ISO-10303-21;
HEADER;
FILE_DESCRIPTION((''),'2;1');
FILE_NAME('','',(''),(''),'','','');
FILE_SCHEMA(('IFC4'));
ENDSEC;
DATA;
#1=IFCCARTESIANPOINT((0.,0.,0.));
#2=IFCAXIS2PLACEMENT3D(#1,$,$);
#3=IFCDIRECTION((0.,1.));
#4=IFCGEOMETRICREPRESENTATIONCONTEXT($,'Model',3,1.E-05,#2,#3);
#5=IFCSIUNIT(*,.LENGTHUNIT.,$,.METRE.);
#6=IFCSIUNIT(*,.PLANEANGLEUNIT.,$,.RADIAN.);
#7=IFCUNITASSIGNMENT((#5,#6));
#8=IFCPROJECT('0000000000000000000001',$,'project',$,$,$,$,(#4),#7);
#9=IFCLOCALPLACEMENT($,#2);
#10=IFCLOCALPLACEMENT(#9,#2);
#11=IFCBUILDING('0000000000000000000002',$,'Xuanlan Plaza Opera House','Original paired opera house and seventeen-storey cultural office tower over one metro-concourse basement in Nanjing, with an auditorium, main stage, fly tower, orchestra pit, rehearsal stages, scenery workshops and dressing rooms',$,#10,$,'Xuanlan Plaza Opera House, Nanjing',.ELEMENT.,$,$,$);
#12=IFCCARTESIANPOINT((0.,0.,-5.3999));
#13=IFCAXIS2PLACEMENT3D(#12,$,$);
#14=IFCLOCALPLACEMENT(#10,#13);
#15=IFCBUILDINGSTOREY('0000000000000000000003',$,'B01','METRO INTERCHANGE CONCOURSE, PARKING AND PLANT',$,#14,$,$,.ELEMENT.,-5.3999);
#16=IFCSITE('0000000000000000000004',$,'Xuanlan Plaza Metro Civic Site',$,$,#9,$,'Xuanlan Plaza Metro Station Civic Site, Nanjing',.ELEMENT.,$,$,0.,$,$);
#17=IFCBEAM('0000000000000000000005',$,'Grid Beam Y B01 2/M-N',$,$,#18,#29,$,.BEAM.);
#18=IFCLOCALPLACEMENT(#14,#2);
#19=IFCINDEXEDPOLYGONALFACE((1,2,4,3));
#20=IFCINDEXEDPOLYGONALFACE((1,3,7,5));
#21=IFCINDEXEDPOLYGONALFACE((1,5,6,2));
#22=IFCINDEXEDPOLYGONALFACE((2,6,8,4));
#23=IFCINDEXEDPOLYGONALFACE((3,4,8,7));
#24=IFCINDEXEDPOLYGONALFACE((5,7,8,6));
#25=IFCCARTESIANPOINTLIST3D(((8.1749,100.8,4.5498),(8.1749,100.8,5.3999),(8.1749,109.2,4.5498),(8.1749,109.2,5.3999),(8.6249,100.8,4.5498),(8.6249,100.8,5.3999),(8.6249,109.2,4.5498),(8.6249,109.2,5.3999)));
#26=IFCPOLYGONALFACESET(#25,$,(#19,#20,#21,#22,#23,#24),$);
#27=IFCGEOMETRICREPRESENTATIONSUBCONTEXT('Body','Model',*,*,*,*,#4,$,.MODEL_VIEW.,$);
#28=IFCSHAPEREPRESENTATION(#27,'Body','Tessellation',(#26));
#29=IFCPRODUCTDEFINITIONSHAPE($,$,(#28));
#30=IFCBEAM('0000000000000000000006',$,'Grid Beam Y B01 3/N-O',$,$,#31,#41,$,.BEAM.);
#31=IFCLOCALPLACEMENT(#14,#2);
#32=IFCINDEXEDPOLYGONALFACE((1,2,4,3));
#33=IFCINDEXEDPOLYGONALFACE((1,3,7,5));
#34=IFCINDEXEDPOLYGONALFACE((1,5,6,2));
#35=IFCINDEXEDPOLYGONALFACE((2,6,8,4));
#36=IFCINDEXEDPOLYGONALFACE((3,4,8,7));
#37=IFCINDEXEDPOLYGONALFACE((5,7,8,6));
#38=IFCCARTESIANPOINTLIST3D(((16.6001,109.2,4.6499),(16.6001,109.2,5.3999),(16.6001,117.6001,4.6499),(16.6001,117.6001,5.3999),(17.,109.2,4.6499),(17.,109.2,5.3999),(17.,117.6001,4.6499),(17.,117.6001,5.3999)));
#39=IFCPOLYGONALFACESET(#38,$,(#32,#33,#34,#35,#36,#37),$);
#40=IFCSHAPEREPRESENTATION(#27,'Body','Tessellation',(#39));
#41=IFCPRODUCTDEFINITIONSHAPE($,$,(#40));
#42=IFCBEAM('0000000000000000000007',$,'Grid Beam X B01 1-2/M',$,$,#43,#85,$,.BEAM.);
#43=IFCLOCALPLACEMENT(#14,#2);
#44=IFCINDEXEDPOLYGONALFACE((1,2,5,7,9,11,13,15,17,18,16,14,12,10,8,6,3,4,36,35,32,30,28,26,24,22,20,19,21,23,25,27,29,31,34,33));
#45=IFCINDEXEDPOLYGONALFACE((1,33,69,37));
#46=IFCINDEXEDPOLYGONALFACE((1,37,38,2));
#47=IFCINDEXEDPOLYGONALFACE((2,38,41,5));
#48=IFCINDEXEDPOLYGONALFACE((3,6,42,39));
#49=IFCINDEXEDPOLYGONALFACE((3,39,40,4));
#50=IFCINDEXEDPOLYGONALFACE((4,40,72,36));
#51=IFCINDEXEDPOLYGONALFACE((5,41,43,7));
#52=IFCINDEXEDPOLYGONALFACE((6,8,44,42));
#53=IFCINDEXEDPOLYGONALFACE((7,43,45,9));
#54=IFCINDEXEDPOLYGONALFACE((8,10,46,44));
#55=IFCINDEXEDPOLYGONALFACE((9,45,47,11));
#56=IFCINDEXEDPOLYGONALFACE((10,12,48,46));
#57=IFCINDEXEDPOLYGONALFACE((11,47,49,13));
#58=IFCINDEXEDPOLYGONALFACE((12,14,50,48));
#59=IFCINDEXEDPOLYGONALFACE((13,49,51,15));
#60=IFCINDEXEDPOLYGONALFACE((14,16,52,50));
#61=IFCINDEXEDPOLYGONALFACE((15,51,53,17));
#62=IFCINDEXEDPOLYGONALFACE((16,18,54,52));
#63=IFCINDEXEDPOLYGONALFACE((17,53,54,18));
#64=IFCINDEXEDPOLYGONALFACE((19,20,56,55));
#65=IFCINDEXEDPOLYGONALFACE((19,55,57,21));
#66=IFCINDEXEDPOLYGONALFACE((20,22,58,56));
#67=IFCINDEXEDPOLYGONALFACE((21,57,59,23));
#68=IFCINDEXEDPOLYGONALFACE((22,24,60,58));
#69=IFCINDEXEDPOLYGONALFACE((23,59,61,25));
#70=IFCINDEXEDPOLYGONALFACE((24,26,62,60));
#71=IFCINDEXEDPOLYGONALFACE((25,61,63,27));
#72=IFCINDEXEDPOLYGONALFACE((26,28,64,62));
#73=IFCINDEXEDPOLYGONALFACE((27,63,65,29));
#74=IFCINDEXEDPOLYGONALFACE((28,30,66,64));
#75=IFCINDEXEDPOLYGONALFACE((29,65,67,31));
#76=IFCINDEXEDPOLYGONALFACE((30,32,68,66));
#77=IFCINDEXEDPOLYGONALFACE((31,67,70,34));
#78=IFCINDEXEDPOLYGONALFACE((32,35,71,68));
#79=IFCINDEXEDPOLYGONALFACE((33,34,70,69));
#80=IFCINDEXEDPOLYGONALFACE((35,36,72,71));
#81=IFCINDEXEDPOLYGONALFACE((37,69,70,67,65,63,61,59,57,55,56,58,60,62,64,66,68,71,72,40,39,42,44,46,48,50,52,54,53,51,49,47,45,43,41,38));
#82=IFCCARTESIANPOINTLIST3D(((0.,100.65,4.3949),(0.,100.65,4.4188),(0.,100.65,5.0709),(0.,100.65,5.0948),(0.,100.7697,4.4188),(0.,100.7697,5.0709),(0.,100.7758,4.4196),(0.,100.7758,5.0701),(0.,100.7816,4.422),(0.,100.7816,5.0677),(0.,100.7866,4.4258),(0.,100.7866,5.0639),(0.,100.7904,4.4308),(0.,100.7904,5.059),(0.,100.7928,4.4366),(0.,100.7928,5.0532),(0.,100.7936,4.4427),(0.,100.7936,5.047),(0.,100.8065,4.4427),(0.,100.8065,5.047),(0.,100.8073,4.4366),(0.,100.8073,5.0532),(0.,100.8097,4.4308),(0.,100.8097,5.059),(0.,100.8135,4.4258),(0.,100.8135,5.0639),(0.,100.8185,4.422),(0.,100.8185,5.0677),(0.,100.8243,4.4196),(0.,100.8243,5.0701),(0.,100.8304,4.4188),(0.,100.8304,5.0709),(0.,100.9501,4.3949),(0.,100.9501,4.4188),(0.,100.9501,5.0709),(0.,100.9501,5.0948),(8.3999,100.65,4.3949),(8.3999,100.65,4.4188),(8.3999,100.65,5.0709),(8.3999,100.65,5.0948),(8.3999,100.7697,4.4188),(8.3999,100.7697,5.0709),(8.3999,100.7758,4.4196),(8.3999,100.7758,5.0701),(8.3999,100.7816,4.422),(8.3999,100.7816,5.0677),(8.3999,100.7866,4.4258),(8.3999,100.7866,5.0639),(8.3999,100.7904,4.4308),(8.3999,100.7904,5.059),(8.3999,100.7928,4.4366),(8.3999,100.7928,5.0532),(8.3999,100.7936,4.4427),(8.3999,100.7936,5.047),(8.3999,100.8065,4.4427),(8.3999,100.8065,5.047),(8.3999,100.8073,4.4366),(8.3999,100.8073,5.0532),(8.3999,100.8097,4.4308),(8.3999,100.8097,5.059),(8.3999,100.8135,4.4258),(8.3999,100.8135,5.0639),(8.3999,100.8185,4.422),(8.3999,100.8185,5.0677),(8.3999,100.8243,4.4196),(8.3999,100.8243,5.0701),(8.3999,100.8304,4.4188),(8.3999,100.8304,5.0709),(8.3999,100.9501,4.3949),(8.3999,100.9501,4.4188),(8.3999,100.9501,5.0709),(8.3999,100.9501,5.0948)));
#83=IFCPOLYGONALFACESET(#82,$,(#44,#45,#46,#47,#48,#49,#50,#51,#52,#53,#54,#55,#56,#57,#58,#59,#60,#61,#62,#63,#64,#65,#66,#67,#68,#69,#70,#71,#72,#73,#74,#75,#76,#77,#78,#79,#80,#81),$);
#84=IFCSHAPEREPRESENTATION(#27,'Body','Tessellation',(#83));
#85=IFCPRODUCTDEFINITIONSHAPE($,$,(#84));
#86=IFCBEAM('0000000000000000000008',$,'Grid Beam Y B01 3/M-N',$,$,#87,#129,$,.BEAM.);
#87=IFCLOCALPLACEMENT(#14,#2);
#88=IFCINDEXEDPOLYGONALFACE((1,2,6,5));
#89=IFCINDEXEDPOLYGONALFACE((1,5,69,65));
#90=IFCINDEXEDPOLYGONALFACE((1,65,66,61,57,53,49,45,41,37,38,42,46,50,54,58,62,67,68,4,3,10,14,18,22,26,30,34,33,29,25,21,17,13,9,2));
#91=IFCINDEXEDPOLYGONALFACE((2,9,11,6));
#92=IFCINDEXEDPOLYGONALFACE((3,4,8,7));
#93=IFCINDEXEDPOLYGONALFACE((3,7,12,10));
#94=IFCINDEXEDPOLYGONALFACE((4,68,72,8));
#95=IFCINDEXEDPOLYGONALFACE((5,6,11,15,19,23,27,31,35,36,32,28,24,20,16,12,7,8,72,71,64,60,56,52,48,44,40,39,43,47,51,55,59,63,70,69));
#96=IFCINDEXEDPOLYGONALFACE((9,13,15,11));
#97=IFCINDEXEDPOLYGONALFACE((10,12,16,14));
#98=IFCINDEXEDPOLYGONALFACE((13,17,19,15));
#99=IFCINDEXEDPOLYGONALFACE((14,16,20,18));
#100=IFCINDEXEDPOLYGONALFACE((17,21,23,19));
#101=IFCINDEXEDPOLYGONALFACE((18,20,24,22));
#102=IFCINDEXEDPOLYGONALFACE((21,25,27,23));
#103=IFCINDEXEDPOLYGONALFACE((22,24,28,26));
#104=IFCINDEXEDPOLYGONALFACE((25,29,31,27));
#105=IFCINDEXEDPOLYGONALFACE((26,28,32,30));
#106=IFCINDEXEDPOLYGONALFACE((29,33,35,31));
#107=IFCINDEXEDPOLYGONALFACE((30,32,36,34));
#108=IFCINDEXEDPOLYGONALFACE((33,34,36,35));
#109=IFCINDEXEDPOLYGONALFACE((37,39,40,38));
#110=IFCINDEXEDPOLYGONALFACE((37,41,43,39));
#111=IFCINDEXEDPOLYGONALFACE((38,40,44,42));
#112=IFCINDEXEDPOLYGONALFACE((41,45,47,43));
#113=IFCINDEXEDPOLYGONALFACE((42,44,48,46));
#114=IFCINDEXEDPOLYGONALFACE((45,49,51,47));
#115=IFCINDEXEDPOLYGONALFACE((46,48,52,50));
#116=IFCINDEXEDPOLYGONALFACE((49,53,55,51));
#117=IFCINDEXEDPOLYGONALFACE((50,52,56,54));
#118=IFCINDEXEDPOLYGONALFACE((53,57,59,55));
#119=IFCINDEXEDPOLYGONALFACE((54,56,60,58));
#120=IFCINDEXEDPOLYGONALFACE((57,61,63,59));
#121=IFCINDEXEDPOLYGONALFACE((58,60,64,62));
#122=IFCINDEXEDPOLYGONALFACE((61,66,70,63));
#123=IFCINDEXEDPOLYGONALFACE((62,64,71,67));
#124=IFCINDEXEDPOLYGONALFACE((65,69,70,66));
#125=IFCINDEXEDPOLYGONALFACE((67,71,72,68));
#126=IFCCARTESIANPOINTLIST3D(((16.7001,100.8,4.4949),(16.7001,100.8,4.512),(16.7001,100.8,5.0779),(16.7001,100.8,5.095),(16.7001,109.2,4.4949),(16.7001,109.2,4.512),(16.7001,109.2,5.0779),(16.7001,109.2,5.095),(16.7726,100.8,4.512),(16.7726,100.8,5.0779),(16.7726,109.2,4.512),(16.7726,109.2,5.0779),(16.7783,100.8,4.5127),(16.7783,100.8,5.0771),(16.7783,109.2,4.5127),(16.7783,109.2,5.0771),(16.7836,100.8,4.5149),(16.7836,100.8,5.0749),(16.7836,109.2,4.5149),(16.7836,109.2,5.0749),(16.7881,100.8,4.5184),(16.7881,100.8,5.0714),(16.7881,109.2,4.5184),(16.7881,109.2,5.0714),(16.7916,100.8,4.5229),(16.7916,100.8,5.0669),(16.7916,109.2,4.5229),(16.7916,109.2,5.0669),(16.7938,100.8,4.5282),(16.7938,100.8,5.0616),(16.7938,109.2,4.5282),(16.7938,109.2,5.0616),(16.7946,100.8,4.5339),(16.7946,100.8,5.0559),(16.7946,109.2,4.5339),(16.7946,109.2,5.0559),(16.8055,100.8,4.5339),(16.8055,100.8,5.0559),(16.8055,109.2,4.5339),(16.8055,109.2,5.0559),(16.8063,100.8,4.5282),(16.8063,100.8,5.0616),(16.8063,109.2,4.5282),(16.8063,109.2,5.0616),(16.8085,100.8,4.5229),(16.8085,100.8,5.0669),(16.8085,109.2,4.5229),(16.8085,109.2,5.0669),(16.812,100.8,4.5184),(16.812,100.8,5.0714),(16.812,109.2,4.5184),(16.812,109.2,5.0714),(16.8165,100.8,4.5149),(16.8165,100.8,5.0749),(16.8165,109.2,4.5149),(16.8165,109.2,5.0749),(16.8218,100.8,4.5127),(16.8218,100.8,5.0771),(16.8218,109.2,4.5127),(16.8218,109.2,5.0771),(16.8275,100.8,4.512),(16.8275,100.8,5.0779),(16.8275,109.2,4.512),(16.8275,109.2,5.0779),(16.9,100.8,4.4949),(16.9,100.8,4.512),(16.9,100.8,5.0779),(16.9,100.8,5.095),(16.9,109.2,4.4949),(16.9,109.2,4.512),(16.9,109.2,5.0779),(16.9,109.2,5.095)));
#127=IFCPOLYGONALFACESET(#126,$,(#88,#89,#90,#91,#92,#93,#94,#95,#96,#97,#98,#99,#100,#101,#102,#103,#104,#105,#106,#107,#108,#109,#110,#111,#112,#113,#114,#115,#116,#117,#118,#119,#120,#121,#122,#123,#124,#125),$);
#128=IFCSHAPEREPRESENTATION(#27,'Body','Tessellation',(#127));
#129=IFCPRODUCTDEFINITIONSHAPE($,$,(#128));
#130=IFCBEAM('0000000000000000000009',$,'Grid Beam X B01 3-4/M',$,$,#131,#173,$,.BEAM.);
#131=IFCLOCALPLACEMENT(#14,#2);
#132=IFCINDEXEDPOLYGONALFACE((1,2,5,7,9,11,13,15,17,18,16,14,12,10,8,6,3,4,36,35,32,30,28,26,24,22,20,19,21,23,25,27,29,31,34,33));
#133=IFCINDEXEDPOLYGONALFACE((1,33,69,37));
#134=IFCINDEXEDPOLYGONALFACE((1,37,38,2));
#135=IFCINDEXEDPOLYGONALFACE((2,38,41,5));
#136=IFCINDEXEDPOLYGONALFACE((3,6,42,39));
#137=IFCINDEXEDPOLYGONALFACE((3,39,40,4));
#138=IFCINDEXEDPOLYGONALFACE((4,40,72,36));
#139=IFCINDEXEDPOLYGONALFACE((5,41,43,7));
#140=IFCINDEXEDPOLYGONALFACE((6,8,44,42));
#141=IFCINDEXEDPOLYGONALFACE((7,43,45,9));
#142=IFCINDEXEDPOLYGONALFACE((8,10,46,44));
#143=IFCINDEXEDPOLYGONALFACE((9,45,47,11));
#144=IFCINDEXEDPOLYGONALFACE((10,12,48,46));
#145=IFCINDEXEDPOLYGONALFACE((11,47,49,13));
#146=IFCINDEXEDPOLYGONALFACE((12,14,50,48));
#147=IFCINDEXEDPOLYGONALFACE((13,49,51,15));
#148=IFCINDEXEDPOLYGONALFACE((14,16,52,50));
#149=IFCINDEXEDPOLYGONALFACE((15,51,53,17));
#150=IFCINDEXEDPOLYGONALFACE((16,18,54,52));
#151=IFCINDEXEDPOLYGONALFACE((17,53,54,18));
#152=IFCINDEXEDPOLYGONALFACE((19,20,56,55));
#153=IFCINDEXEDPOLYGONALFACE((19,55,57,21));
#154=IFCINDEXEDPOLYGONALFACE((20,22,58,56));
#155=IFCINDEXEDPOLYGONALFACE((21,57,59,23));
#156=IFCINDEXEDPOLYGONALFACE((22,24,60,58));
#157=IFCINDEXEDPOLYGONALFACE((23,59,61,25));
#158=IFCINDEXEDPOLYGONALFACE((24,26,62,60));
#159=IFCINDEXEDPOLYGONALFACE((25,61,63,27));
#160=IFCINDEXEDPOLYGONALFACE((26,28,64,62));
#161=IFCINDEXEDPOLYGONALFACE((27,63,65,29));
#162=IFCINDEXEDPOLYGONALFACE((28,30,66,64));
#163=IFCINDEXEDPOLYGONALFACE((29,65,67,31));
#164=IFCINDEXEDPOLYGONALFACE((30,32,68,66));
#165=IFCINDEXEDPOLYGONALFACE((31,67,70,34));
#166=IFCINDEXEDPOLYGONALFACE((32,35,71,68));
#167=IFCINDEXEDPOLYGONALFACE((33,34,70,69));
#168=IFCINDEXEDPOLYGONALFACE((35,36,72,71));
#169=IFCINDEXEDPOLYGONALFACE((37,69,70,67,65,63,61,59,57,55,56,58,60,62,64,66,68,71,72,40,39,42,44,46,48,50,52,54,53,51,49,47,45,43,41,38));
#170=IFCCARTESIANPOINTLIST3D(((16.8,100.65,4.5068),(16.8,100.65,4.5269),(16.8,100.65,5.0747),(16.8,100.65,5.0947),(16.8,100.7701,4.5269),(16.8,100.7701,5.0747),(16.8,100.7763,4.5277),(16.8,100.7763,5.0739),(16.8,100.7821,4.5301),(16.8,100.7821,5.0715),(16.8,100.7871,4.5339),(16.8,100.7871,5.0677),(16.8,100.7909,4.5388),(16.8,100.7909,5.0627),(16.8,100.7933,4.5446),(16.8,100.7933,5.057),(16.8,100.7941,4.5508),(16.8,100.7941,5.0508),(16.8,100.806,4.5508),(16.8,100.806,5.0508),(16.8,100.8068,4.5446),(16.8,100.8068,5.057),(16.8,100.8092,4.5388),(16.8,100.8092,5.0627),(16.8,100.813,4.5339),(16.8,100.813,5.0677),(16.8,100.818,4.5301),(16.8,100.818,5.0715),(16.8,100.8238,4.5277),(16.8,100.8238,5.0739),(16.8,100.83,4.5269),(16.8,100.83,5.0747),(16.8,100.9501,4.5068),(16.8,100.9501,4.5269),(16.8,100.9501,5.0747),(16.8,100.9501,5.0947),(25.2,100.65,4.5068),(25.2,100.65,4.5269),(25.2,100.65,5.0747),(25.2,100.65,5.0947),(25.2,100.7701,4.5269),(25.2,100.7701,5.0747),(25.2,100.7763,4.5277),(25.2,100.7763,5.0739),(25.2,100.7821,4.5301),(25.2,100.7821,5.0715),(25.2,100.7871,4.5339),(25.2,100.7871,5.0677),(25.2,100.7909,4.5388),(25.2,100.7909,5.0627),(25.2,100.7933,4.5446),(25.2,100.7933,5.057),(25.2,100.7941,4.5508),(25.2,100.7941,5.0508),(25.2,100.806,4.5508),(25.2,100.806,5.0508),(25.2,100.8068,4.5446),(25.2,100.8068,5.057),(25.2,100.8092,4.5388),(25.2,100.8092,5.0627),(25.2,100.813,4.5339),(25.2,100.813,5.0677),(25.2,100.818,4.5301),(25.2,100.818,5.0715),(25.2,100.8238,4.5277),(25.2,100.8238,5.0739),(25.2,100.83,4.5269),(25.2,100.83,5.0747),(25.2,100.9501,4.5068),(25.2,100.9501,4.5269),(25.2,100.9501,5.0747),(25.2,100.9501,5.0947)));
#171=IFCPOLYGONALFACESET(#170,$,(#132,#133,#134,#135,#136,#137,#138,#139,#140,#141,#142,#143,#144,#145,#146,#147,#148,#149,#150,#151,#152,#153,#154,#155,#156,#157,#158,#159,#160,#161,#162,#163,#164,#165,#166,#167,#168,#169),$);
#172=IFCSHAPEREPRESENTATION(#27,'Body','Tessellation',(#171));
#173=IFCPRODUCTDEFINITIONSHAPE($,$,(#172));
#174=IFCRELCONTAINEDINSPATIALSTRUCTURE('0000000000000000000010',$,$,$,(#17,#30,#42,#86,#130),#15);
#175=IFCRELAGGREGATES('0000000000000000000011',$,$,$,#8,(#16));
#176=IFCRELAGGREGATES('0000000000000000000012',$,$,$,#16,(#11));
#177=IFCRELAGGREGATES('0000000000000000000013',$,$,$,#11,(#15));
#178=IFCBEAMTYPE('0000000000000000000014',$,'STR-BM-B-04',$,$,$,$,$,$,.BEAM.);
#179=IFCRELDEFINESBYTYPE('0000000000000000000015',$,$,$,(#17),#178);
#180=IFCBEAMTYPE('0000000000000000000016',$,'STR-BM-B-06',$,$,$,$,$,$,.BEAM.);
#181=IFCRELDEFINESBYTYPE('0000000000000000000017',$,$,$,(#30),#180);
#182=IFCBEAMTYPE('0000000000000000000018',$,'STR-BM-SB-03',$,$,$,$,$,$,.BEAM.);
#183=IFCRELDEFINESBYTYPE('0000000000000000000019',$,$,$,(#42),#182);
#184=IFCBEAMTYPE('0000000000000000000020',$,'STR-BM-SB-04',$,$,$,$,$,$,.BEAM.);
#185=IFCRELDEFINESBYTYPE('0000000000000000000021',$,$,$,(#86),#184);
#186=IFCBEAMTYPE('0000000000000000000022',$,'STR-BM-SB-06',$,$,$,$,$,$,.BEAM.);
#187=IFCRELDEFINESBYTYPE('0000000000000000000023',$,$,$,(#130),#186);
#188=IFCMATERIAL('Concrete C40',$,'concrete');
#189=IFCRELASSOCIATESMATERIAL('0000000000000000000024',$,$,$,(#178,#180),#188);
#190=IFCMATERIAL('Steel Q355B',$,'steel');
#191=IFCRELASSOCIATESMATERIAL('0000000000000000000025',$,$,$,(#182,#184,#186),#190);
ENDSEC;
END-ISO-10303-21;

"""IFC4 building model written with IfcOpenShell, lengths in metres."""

from ifc_helpers import new_model, si_unit, direction, frame, origin, origin_2d, place, context, subcontext, project, spatial, rectangle, i_section, extrude, material, material_profile, profile_set, type_object, element, save


model = new_model("IFC4")

# Units and contexts
model_context = context("Model", 3, precision=1e-05, world=origin(), true_north=direction((0.0, 1.0)))
body_context = subcontext(model_context, "Body", "Model", "MODEL_VIEW")
ifc_project = project(units=[si_unit("LENGTHUNIT", "METRE"), si_unit("PLANEANGLEUNIT", "RADIAN")], contexts=[model_context])

# Site, building, storey
site_placement = place(None, origin())
site = spatial("IfcSite", under=ifc_project, at=site_placement, Name="Xuanlan Plaza Metro Civic Site", LongName="Xuanlan Plaza Metro Station Civic Site, Nanjing", CompositionType="ELEMENT", RefElevation=0.0)
building_placement = place(site_placement, origin())
building = spatial("IfcBuilding", under=site, at=building_placement, Name="Xuanlan Plaza Opera House", Description="Original paired opera house and seventeen-storey cultural office tower over one metro-concourse basement in Nanjing, with an auditorium, main stage, fly tower, orchestra pit, rehearsal stages, scenery workshops and dressing rooms", LongName="Xuanlan Plaza Opera House, Nanjing", CompositionType="ELEMENT")
storey_placement = place(building_placement, frame((0.0, 0.0, -5.3999)))
storey = spatial("IfcBuildingStorey", under=building, at=storey_placement, Name="B01", Description="METRO INTERCHANGE CONCOURSE, PARKING AND PLANT", CompositionType="ELEMENT", Elevation=-5.3999)

# Shared definitions
ifc_material_1 = material(Name="Concrete C40", Category="concrete")

# Beams
ifc_material_profile_1 = material_profile(ifc_material_1, rectangle(XDim=0.45, YDim=0.8501, at=origin_2d()), Name="RC-BM 450x850")
ifc_profile_set_1 = profile_set([ifc_material_profile_1], Name="Concrete C40")
beam_type_1 = type_object("IfcBeamType", Name="STR-BM-B-04", PredefinedType="BEAM", material=ifc_profile_set_1)
beam_1_placement = place(storey_placement, frame((8.3999, 100.8, 4.9749), z_axis=(0.0, 1.0, 0.0), x_axis=(-1.0, 0.0, 0.0)))
element("IfcBeam", 1, at=beam_1_placement, inside=storey, type_object=beam_type_1, Name="Grid Beam Y B01 2/M-N", PredefinedType="BEAM", context=body_context, shape_type="SweptSolid", body=[
    extrude(rectangle(XDim=0.45, YDim=0.8501, at=origin_2d()), origin(), (0.0, 0.0, 1.0), 8.3999),
])
ifc_material_profile_2 = material_profile(ifc_material_1, rectangle(XDim=0.3999, YDim=0.75, at=origin_2d()), Name="RC-BM 400x750")
ifc_profile_set_2 = profile_set([ifc_material_profile_2], Name="Concrete C40")
beam_type_2 = type_object("IfcBeamType", Name="STR-BM-B-06", PredefinedType="BEAM", material=ifc_profile_set_2)
beam_2_placement = place(storey_placement, frame((16.8, 109.2, 5.0249), z_axis=(0.0, 1.0, 0.0), x_axis=(-1.0, 0.0, 0.0)))
element("IfcBeam", 2, at=beam_2_placement, inside=storey, type_object=beam_type_2, Name="Grid Beam Y B01 3/N-O", PredefinedType="BEAM", context=body_context, shape_type="SweptSolid", body=[
    extrude(rectangle(XDim=0.3999, YDim=0.75, at=origin_2d()), origin(), (0.0, 0.0, 1.0), 8.4001),
])
ifc_material_2 = material(Name="Steel Q355B", Category="steel")
ifc_material_profile_3 = material_profile(ifc_material_2, i_section(OverallWidth=0.3, OverallDepth=0.7, WebThickness=0.0129, FlangeThickness=0.0239, FilletRadius=0.0239, at=origin_2d()), Name="HN 700x300x13x24")
ifc_profile_set_3 = profile_set([ifc_material_profile_3], Name="Steel Q355B")
beam_type_3 = type_object("IfcBeamType", Name="STR-BM-SB-03", PredefinedType="BEAM", material=ifc_profile_set_3)
beam_3_placement = place(storey_placement, frame((0.0, 100.8, 4.7449), z_axis=(1.0, 0.0, 0.0), x_axis=(0.0, 1.0, 0.0)))
element("IfcBeam", 3, at=beam_3_placement, inside=storey, type_object=beam_type_3, Name="Grid Beam X B01 1-2/M", PredefinedType="BEAM", context=body_context, shape_type="SweptSolid", body=[
    extrude(i_section(OverallWidth=0.3, OverallDepth=0.7, WebThickness=0.0129, FlangeThickness=0.0239, FilletRadius=0.0239, at=origin_2d()), origin(), (0.0, 0.0, 1.0), 8.3999),
])
ifc_material_profile_4 = material_profile(ifc_material_2, i_section(OverallWidth=0.2, OverallDepth=0.6001, WebThickness=0.011, FlangeThickness=0.0171, FilletRadius=0.022, at=origin_2d()), Name="HN 600x200x11x17")
ifc_profile_set_4 = profile_set([ifc_material_profile_4], Name="Steel Q355B")
beam_type_4 = type_object("IfcBeamType", Name="STR-BM-SB-04", PredefinedType="BEAM", material=ifc_profile_set_4)
beam_4_placement = place(storey_placement, frame((16.8, 100.8, 4.7949), z_axis=(0.0, 1.0, 0.0), x_axis=(-1.0, 0.0, 0.0)))
element("IfcBeam", 4, at=beam_4_placement, inside=storey, type_object=beam_type_4, Name="Grid Beam Y B01 3/M-N", PredefinedType="BEAM", context=body_context, shape_type="SweptSolid", body=[
    extrude(i_section(OverallWidth=0.2, OverallDepth=0.6001, WebThickness=0.011, FlangeThickness=0.0171, FilletRadius=0.022, at=origin_2d()), origin(), (0.0, 0.0, 1.0), 8.3999),
])
ifc_material_profile_5 = material_profile(ifc_material_2, i_section(OverallWidth=0.3, OverallDepth=0.5879, WebThickness=0.012, FlangeThickness=0.02, FilletRadius=0.0239, at=origin_2d()), Name="HM 588x300x12x20")
ifc_profile_set_5 = profile_set([ifc_material_profile_5], Name="Steel Q355B")
beam_type_5 = type_object("IfcBeamType", Name="STR-BM-SB-06", PredefinedType="BEAM", material=ifc_profile_set_5)
beam_5_placement = place(storey_placement, frame((16.8, 100.8, 4.8008), z_axis=(1.0, 0.0, 0.0), x_axis=(0.0, 1.0, 0.0)))
element("IfcBeam", 5, at=beam_5_placement, inside=storey, type_object=beam_type_5, Name="Grid Beam X B01 3-4/M", PredefinedType="BEAM", context=body_context, shape_type="SweptSolid", body=[
    extrude(i_section(OverallWidth=0.3, OverallDepth=0.5879, WebThickness=0.012, FlangeThickness=0.02, FilletRadius=0.0239, at=origin_2d()), origin(), (0.0, 0.0, 1.0), 8.3999),
])

save(model, "model.ifc")
